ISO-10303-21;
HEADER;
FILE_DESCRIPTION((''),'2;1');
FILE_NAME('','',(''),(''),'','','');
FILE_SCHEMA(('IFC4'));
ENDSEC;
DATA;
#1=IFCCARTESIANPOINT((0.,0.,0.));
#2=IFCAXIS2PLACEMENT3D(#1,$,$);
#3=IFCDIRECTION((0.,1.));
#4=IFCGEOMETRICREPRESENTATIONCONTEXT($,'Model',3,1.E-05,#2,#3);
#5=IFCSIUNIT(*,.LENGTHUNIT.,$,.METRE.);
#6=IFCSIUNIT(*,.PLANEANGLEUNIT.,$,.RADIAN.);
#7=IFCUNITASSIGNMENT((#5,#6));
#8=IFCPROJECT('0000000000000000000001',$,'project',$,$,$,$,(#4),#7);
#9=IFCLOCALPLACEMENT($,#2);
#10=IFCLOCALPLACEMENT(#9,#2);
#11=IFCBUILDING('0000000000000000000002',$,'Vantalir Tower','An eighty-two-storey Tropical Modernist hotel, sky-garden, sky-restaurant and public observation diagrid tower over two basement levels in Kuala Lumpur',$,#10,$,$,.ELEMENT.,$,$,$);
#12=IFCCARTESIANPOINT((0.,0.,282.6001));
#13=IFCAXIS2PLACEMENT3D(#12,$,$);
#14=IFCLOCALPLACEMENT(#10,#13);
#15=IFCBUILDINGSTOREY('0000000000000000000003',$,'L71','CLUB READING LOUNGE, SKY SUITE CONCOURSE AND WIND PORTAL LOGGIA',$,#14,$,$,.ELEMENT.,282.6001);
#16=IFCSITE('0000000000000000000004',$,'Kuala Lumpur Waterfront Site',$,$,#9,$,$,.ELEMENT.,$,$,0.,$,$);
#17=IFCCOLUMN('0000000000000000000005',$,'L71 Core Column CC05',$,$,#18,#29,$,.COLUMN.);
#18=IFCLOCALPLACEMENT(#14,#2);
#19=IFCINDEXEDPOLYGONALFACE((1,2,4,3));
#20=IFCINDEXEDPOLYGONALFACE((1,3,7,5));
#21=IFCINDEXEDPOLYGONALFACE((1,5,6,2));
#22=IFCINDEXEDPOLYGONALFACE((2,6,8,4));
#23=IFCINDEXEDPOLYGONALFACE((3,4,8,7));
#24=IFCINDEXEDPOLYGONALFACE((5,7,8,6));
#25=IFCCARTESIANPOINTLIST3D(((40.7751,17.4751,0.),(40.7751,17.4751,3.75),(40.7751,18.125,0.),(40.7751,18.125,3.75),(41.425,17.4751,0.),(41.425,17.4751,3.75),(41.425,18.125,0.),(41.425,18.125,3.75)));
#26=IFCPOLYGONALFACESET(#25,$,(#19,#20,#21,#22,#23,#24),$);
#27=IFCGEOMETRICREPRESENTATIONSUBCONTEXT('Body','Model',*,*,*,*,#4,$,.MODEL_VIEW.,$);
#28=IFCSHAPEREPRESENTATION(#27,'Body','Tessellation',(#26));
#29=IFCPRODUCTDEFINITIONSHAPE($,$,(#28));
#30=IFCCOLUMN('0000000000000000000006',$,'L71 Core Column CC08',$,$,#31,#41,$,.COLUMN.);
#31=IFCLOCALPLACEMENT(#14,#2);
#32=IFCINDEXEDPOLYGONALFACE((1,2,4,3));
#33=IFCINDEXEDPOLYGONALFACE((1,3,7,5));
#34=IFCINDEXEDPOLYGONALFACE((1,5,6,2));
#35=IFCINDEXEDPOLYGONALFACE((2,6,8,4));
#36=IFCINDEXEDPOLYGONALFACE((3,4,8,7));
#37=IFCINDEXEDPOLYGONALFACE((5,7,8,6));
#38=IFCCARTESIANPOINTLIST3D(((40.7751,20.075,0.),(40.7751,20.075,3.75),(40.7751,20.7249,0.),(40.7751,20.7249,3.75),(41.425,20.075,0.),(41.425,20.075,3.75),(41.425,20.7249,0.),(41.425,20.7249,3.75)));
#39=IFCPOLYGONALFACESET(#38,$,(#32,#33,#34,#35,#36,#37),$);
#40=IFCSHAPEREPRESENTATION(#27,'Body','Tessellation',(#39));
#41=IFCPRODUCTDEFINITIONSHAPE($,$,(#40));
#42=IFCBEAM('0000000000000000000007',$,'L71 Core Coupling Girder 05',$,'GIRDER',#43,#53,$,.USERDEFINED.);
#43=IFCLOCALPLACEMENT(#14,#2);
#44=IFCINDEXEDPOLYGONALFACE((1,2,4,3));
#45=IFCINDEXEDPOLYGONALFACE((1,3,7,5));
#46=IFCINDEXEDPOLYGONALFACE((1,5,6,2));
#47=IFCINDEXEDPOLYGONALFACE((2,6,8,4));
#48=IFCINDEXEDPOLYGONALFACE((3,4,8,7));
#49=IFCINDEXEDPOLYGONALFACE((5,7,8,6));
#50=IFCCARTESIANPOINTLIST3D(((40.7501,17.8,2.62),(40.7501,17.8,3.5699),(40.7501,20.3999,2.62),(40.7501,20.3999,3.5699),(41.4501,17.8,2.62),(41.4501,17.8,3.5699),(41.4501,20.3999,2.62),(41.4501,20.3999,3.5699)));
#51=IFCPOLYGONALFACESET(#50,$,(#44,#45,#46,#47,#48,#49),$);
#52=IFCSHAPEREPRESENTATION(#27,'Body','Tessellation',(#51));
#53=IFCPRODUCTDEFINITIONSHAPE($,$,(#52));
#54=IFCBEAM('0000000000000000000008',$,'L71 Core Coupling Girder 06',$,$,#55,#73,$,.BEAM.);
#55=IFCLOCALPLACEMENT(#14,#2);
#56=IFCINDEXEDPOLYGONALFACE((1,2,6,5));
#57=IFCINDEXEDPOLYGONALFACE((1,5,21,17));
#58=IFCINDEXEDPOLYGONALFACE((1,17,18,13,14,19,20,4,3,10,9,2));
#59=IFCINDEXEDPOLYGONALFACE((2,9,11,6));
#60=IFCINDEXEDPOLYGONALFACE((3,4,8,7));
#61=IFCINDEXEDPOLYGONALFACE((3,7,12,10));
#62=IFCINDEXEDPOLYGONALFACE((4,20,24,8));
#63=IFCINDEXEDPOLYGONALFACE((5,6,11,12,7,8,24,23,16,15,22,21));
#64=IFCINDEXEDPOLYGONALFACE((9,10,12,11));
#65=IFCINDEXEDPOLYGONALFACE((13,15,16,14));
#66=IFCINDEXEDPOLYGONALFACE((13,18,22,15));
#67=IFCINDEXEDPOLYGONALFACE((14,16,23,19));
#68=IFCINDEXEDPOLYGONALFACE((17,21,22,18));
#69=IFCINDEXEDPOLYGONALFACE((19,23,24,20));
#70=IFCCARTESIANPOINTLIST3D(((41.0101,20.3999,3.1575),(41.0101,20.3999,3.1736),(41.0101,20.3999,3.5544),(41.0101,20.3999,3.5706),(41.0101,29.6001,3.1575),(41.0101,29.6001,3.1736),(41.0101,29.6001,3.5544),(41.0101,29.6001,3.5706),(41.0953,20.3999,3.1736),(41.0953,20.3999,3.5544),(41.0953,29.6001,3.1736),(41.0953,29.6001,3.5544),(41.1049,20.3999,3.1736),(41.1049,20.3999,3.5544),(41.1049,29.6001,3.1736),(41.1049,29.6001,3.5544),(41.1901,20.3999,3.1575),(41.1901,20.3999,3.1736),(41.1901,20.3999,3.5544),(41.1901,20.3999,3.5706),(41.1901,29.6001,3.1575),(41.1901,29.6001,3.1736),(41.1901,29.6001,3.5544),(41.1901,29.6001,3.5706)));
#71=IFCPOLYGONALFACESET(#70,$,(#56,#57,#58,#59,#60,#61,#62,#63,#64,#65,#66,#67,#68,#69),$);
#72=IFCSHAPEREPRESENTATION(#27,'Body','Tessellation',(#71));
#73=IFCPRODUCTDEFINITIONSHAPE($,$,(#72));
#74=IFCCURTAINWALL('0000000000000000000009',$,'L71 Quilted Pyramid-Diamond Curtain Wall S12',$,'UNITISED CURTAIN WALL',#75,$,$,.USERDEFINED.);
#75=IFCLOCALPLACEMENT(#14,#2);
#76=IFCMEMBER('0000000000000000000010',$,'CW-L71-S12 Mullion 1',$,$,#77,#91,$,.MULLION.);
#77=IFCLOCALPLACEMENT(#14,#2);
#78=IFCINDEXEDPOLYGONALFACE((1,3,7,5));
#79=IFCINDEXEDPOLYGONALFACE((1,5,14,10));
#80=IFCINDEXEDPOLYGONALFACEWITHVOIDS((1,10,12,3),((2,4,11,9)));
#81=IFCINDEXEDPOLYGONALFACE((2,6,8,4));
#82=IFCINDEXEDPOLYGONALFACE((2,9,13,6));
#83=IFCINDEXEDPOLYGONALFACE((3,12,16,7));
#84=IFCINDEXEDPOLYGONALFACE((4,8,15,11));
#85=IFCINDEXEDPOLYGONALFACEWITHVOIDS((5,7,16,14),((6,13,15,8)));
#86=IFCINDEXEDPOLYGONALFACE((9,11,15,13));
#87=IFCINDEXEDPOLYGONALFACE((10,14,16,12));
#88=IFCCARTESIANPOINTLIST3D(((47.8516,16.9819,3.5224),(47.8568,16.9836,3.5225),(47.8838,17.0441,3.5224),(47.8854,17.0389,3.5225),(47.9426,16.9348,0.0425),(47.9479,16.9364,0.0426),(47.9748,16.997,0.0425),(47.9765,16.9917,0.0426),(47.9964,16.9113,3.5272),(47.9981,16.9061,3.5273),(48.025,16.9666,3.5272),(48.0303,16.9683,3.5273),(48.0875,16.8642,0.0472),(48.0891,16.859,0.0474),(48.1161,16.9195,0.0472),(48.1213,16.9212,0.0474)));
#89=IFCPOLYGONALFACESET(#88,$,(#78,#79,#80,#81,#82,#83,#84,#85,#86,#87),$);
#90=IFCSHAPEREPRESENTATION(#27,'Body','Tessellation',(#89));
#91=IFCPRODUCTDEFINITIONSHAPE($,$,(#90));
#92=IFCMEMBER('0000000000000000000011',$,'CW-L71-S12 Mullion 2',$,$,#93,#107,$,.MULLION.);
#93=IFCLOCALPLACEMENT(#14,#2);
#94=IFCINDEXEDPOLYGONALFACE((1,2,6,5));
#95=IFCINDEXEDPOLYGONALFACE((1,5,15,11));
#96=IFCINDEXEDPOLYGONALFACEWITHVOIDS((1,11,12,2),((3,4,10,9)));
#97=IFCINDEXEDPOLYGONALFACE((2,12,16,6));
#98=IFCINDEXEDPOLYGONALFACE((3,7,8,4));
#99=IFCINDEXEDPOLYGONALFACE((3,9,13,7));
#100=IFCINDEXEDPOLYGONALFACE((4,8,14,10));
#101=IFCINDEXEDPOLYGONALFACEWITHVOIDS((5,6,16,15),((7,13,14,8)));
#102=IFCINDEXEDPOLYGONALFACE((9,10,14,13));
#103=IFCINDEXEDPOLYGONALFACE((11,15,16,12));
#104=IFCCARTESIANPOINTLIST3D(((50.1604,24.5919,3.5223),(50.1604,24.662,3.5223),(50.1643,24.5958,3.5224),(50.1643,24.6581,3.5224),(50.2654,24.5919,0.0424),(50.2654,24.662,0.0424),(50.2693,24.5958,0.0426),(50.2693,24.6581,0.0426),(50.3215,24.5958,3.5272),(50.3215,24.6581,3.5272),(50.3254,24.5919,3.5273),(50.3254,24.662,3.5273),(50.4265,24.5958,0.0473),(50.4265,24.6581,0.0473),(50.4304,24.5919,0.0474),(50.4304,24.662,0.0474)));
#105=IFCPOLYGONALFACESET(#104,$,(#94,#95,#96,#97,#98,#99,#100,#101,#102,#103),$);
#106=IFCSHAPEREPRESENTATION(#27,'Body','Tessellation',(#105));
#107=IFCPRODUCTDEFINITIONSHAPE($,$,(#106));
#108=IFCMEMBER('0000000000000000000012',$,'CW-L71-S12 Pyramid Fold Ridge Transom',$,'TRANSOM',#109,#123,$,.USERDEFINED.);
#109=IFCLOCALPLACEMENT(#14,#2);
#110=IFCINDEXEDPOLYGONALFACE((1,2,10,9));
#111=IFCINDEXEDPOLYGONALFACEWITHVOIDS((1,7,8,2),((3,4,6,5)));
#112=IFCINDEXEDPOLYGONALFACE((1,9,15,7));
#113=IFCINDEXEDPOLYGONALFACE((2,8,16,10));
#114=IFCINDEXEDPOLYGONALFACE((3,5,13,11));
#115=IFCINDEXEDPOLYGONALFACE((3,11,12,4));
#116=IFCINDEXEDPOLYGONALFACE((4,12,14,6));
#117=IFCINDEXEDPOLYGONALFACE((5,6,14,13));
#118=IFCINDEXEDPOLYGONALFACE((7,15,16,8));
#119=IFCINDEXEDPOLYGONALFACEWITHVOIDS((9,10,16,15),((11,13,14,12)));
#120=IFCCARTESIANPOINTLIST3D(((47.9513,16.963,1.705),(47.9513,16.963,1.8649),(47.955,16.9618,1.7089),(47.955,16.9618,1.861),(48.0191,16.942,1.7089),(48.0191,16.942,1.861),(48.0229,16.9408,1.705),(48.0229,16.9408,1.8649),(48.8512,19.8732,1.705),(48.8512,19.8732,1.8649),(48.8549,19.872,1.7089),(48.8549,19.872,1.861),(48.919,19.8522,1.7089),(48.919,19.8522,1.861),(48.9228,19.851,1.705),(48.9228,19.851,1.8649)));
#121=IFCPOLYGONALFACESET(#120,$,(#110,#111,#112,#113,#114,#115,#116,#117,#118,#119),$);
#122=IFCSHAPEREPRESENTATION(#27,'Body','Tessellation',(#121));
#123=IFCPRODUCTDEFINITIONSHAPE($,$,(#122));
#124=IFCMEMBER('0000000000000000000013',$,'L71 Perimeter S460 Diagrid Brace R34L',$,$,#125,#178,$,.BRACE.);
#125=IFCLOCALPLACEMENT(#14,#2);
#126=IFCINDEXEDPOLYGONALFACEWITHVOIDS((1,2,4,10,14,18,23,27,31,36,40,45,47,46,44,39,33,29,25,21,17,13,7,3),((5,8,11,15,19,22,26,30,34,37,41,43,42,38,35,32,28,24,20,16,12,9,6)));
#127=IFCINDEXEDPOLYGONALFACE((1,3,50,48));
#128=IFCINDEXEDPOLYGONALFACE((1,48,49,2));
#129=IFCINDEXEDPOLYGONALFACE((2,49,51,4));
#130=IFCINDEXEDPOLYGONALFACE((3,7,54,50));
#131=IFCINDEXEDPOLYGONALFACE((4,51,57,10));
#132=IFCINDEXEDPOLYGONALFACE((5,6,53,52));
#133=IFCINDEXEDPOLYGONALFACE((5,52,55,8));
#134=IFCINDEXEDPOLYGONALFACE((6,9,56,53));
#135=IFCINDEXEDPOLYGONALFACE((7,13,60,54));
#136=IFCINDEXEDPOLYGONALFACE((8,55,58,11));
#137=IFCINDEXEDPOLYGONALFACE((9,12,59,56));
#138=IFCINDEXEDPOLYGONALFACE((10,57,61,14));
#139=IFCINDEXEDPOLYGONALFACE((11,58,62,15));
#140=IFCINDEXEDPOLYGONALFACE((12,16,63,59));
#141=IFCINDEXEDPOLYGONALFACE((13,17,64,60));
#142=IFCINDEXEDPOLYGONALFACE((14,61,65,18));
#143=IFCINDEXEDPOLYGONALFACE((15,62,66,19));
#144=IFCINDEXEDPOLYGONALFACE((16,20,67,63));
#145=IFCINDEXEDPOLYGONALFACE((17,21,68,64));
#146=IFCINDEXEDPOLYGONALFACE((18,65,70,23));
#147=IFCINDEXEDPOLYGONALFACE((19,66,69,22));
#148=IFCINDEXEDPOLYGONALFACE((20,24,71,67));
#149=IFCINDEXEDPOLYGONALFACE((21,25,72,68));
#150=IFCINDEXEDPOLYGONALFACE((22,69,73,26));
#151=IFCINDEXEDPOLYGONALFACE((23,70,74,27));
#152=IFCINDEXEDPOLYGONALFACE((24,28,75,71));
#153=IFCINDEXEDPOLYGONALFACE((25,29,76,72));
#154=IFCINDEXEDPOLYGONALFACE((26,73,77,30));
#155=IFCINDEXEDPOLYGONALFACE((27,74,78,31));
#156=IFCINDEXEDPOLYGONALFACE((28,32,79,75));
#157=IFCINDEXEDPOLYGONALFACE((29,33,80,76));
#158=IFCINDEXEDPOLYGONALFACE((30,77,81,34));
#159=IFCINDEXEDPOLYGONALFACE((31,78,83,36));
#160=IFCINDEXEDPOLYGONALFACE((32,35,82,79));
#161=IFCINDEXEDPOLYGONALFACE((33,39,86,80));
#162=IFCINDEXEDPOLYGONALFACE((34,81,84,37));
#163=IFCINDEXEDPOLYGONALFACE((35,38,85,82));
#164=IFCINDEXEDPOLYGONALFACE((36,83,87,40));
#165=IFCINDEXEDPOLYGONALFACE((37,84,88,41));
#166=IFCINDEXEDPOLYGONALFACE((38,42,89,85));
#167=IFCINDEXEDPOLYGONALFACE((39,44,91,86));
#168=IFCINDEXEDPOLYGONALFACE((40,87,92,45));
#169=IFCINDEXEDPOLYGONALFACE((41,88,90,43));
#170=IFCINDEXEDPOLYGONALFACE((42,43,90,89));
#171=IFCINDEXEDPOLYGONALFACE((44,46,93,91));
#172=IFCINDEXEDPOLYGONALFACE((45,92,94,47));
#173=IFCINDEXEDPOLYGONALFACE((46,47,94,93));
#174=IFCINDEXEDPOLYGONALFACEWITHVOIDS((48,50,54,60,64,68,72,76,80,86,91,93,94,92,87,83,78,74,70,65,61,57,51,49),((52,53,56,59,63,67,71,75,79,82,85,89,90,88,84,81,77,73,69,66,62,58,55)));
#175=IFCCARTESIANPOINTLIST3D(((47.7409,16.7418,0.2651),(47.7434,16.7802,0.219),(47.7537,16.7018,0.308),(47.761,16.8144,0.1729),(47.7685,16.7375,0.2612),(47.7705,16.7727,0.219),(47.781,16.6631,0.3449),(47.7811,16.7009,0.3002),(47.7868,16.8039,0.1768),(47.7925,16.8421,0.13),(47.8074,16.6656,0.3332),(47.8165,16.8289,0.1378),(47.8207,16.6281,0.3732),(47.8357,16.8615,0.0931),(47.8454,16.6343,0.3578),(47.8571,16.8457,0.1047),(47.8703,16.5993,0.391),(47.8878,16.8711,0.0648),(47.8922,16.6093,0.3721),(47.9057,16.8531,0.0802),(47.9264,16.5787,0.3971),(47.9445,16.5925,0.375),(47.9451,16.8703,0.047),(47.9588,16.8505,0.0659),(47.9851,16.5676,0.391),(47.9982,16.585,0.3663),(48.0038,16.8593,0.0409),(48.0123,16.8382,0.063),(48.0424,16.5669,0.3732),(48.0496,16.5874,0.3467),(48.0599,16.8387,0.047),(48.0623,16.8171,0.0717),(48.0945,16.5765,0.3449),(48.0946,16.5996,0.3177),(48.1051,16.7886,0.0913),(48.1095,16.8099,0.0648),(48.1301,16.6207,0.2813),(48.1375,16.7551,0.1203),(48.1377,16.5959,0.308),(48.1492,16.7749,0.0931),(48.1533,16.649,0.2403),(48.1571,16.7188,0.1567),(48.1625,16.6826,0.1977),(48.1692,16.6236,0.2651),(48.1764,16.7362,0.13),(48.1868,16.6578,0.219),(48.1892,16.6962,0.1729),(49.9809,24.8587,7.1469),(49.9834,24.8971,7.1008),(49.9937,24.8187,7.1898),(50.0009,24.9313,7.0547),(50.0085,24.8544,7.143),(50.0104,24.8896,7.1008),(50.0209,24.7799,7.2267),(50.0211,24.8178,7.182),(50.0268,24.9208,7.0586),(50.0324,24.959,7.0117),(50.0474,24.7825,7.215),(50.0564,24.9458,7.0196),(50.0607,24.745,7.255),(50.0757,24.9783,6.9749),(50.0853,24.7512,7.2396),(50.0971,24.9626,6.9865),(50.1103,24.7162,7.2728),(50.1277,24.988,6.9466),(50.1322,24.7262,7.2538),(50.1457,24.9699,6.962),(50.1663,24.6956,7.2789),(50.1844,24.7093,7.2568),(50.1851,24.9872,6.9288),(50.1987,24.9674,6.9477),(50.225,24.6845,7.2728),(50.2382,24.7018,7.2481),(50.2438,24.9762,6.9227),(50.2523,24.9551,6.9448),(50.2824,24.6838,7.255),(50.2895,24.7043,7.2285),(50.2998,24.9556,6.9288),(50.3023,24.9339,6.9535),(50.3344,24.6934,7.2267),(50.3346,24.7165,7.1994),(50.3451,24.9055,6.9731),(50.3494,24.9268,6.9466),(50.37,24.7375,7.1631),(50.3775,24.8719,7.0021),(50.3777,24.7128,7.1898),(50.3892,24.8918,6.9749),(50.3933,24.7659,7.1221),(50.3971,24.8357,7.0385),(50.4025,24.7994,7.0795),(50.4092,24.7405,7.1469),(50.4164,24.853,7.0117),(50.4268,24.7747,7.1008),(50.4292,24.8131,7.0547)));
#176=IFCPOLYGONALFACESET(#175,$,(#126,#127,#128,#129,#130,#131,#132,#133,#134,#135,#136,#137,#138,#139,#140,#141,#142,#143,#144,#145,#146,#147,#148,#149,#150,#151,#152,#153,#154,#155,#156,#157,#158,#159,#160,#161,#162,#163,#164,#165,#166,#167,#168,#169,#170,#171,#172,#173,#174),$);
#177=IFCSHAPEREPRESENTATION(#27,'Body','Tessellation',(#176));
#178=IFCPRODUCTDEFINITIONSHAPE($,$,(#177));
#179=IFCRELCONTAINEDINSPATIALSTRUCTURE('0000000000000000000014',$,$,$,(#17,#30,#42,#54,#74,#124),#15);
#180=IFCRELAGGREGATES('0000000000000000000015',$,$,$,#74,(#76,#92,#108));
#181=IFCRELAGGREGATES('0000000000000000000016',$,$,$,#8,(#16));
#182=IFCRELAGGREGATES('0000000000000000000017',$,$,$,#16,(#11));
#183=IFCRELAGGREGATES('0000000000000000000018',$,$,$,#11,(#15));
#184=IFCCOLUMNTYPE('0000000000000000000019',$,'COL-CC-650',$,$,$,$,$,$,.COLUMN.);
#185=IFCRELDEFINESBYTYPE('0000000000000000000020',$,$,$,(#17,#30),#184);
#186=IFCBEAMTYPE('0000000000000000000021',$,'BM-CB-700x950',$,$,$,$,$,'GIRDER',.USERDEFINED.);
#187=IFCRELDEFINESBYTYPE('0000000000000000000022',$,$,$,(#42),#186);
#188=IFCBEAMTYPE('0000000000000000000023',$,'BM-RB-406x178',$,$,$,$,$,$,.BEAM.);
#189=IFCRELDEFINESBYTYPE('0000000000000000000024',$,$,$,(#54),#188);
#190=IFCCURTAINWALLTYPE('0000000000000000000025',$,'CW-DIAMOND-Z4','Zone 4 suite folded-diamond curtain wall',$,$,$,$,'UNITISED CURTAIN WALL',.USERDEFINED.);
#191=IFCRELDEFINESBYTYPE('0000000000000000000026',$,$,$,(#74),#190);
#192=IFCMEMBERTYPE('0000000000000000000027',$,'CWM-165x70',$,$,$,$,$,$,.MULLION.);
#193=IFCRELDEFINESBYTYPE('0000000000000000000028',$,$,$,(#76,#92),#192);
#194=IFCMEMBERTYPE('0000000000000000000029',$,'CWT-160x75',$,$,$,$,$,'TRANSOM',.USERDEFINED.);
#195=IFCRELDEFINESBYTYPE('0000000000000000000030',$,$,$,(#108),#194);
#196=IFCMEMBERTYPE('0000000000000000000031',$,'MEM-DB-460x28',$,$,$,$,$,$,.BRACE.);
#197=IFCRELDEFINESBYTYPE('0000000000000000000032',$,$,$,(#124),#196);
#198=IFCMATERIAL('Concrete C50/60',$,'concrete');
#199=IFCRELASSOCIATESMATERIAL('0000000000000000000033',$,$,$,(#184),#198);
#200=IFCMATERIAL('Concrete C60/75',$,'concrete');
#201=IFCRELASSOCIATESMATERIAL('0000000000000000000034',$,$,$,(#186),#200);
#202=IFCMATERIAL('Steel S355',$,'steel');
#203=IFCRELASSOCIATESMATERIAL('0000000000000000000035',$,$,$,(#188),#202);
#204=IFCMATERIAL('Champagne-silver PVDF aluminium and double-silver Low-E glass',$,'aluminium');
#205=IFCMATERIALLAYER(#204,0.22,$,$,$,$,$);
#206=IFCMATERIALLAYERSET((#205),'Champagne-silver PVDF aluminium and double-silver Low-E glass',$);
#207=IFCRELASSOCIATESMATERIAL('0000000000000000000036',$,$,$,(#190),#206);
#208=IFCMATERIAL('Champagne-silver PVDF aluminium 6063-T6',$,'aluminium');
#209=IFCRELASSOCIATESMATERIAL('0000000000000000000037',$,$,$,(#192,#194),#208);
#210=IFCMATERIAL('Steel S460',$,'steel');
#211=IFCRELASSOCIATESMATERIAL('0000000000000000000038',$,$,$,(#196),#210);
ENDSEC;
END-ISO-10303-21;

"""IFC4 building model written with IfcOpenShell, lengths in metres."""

from ifc_helpers import new_model, si_unit, direction, frame, origin, origin_2d, place, context, subcontext, project, spatial, rectangle, hollow_rectangle, hollow_circle, i_section, extrude, material, layer, layer_set, material_profile, profile_set, type_object, element, aggregate, save


model = new_model("IFC4")

# Units and contexts
model_context = context("Model", 3, precision=1e-05, world=origin(), true_north=direction((0.0, 1.0)))
body_context = subcontext(model_context, "Body", "Model", "MODEL_VIEW")
ifc_project = project(units=[si_unit("LENGTHUNIT", "METRE"), si_unit("PLANEANGLEUNIT", "RADIAN")], contexts=[model_context])

# Site, building, storey
site_placement = place(None, origin())
site = spatial("IfcSite", under=ifc_project, at=site_placement, Name="Kuala Lumpur Waterfront Site", CompositionType="ELEMENT", RefElevation=0.0)
building_placement = place(site_placement, origin())
building = spatial("IfcBuilding", under=site, at=building_placement, Name="Vantalir Tower", Description="An eighty-two-storey Tropical Modernist hotel, sky-garden, sky-restaurant and public observation diagrid tower over two basement levels in Kuala Lumpur", CompositionType="ELEMENT")
storey_placement = place(building_placement, frame((0.0, 0.0, 282.6001)))
storey = spatial("IfcBuildingStorey", under=building, at=storey_placement, Name="L71", Description="CLUB READING LOUNGE, SKY SUITE CONCOURSE AND WIND PORTAL LOGGIA", CompositionType="ELEMENT", Elevation=282.6001)

# Columns
ifc_material_1 = material(Name="Concrete C50/60", Category="concrete")
ifc_material_profile_1 = material_profile(ifc_material_1, rectangle(XDim=0.6499, YDim=0.6499, at=origin_2d()), Name="Concrete C50/60")
ifc_profile_set_1 = profile_set([ifc_material_profile_1], Name="Concrete C50/60")
column_type = type_object("IfcColumnType", Name="COL-CC-650", PredefinedType="COLUMN", material=ifc_profile_set_1)
for number, where, z_axis, x_axis, name in (
    (1, (41.1001, 17.8, 0.0), (0.0, 0.0, 1.0), (1.0, 0.0, 0.0), "L71 Core Column CC05"),
    (2, (41.1001, 20.3999, 0.0), (0.0, 0.0, 1.0), (1.0, 0.0, 0.0), "L71 Core Column CC08"),
):
    element("IfcColumn", number, at=place(storey_placement, frame(where, z_axis=z_axis, x_axis=x_axis)), inside=storey, type_object=column_type, Name=name, PredefinedType="COLUMN", context=body_context, shape_type="SweptSolid", body=[
        extrude(rectangle(XDim=0.6499, YDim=0.6499, at=origin_2d()), origin(), (0.0, 0.0, 1.0), 3.75),
    ])

# Beams
ifc_material_2 = material(Name="Concrete C60/75", Category="concrete")
ifc_material_profile_2 = material_profile(ifc_material_2, rectangle(XDim=0.7, YDim=0.95, at=origin_2d()), Name="Concrete C60/75")
ifc_profile_set_2 = profile_set([ifc_material_profile_2], Name="Concrete C60/75")
beam_type_1 = type_object("IfcBeamType", Name="BM-CB-700x950", ElementType="GIRDER", PredefinedType="USERDEFINED", material=ifc_profile_set_2)
beam_1_placement = place(storey_placement, frame((41.1001, 17.8, 3.095), z_axis=(0.0, 1.0, 0.0), x_axis=(-1.0, 0.0, 0.0)))
element("IfcBeam", 3, at=beam_1_placement, inside=storey, type_object=beam_type_1, Name="L71 Core Coupling Girder 05", ObjectType="GIRDER", PredefinedType="USERDEFINED", context=body_context, shape_type="SweptSolid", body=[
    extrude(rectangle(XDim=0.7, YDim=0.95, at=origin_2d()), origin(), (0.0, 0.0, 1.0), 2.5999),
])
ifc_material_3 = material(Name="Steel S355", Category="steel")
ifc_material_profile_3 = material_profile(ifc_material_3, i_section(OverallWidth=0.1799, OverallDepth=0.4131, WebThickness=0.0095, FlangeThickness=0.0161, at=origin_2d()), Name="Steel S355")
ifc_profile_set_3 = profile_set([ifc_material_profile_3], Name="Steel S355")
beam_type_2 = type_object("IfcBeamType", Name="BM-RB-406x178", PredefinedType="BEAM", material=ifc_profile_set_3)
beam_2_placement = place(storey_placement, frame((41.1001, 20.3999, 3.364), z_axis=(0.0, 1.0, 0.0), x_axis=(-1.0, 0.0, 0.0)))
element("IfcBeam", 4, at=beam_2_placement, inside=storey, type_object=beam_type_2, Name="L71 Core Coupling Girder 06", PredefinedType="BEAM", context=body_context, shape_type="SweptSolid", body=[
    extrude(i_section(OverallWidth=0.1799, OverallDepth=0.4131, WebThickness=0.0095, FlangeThickness=0.0161, at=origin_2d()), origin(), (0.0, 0.0, 1.0), 9.2002),
])

# Curtain wall, members
ifc_material_4 = material(Name="Champagne-silver PVDF aluminium and double-silver Low-E glass", Category="aluminium")
ifc_layer_1 = layer(ifc_material_4, 0.22)
ifc_layer_set_1 = layer_set([ifc_layer_1], Name="Champagne-silver PVDF aluminium and double-silver Low-E glass")
curtain_wall_type = type_object("IfcCurtainWallType", Name="CW-DIAMOND-Z4", Description="Zone 4 suite folded-diamond curtain wall", ElementType="UNITISED CURTAIN WALL", PredefinedType="USERDEFINED", material=ifc_layer_set_1)
curtain_wall_placement = place(storey_placement, origin())
curtain_wall = element("IfcCurtainWall", 5, at=curtain_wall_placement, inside=storey, type_object=curtain_wall_type, Name="L71 Quilted Pyramid-Diamond Curtain Wall S12", ObjectType="UNITISED CURTAIN WALL", PredefinedType="USERDEFINED")
ifc_material_5 = material(Name="Champagne-silver PVDF aluminium 6063-T6", Category="aluminium")
ifc_material_profile_4 = material_profile(ifc_material_5, hollow_rectangle(XDim=0.0701, YDim=0.165, WallThickness=0.0039, at=origin_2d()), Name="Champagne-silver PVDF aluminium 6063-T6")
ifc_profile_set_4 = profile_set([ifc_material_profile_4], Name="Champagne-silver PVDF aluminium 6063-T6")
member_type_1 = type_object("IfcMemberType", Name="CWM-165x70", PredefinedType="MULLION", material=ifc_profile_set_4)
member_1_placement = place(storey_placement, frame((48.032, 16.928, 0.0449), z_axis=(-0.026157, 0.013534, 0.999566), x_axis=(-0.459552, -0.888151, 0.0)))
member_1 = element("IfcMember", 6, at=member_1_placement, type_object=member_type_1, Name="CW-L71-S12 Mullion 1", PredefinedType="MULLION", context=body_context, shape_type="SweptSolid", body=[
    extrude(hollow_rectangle(XDim=0.0701, YDim=0.165, WallThickness=0.0039, at=origin_2d()), origin(), (0.0, 0.0, 1.0), 3.4814),
])
member_2_placement = place(storey_placement, frame((50.3479, 24.627, 0.0449), z_axis=(-0.030153, 0.0, 0.999545), x_axis=(0.0, -1.0, 0.0)))
member_2 = element("IfcMember", 7, at=member_2_placement, type_object=member_type_1, Name="CW-L71-S12 Mullion 2", PredefinedType="MULLION", context=body_context, shape_type="SweptSolid", body=[
    extrude(hollow_rectangle(XDim=0.0701, YDim=0.165, WallThickness=0.0039, at=origin_2d()), origin(), (0.0, 0.0, 1.0), 3.4814),
])
ifc_material_profile_5 = material_profile(ifc_material_5, hollow_rectangle(XDim=0.075, YDim=0.1599, WallThickness=0.0039, at=origin_2d()), Name="Champagne-silver PVDF aluminium 6063-T6")
ifc_profile_set_5 = profile_set([ifc_material_profile_5], Name="Champagne-silver PVDF aluminium 6063-T6")
member_type_2 = type_object("IfcMemberType", Name="CWT-160x75", ElementType="TRANSOM", PredefinedType="USERDEFINED", material=ifc_profile_set_5)
member_3_placement = place(storey_placement, frame((47.9871, 16.9519, 1.7849), z_axis=(0.295426, 0.955366, 0.0), x_axis=(-0.955366, 0.295426, 0.0)))
member_3 = element("IfcMember", 8, at=member_3_placement, type_object=member_type_2, Name="CW-L71-S12 Pyramid Fold Ridge Transom", ObjectType="TRANSOM", PredefinedType="USERDEFINED", context=body_context, shape_type="SweptSolid", body=[
    extrude(hollow_rectangle(XDim=0.075, YDim=0.1599, WallThickness=0.0039, at=origin_2d()), origin(), (0.0, 0.0, 1.0), 3.0461),
])

# Member
ifc_material_6 = material(Name="Steel S460", Category="steel")
ifc_material_profile_6 = material_profile(ifc_material_6, hollow_circle(Radius=0.23, WallThickness=0.0281, at=origin_2d()), Name="Steel S460")
ifc_profile_set_6 = profile_set([ifc_material_profile_6], Name="Steel S460")
member_type_3 = type_object("IfcMemberType", Name="MEM-DB-460x28", PredefinedType="BRACE", material=ifc_profile_set_6)
member_4_placement = place(storey_placement, frame((47.9651, 16.719, 0.219), z_axis=(0.205979, 0.746397, 0.632822), x_axis=(-0.963967, 0.266021, 0.0)))
element("IfcMember", 9, at=member_4_placement, inside=storey, type_object=member_type_3, Name="L71 Perimeter S460 Diagrid Brace R34L", PredefinedType="BRACE", context=body_context, shape_type="SweptSolid", body=[
    extrude(hollow_circle(Radius=0.23, WallThickness=0.0281, at=origin_2d()), origin(), (0.0, 0.0, 1.0), 10.8748),
])

aggregate(curtain_wall, [member_1, member_2, member_3])

save(model, "model.ifc")
